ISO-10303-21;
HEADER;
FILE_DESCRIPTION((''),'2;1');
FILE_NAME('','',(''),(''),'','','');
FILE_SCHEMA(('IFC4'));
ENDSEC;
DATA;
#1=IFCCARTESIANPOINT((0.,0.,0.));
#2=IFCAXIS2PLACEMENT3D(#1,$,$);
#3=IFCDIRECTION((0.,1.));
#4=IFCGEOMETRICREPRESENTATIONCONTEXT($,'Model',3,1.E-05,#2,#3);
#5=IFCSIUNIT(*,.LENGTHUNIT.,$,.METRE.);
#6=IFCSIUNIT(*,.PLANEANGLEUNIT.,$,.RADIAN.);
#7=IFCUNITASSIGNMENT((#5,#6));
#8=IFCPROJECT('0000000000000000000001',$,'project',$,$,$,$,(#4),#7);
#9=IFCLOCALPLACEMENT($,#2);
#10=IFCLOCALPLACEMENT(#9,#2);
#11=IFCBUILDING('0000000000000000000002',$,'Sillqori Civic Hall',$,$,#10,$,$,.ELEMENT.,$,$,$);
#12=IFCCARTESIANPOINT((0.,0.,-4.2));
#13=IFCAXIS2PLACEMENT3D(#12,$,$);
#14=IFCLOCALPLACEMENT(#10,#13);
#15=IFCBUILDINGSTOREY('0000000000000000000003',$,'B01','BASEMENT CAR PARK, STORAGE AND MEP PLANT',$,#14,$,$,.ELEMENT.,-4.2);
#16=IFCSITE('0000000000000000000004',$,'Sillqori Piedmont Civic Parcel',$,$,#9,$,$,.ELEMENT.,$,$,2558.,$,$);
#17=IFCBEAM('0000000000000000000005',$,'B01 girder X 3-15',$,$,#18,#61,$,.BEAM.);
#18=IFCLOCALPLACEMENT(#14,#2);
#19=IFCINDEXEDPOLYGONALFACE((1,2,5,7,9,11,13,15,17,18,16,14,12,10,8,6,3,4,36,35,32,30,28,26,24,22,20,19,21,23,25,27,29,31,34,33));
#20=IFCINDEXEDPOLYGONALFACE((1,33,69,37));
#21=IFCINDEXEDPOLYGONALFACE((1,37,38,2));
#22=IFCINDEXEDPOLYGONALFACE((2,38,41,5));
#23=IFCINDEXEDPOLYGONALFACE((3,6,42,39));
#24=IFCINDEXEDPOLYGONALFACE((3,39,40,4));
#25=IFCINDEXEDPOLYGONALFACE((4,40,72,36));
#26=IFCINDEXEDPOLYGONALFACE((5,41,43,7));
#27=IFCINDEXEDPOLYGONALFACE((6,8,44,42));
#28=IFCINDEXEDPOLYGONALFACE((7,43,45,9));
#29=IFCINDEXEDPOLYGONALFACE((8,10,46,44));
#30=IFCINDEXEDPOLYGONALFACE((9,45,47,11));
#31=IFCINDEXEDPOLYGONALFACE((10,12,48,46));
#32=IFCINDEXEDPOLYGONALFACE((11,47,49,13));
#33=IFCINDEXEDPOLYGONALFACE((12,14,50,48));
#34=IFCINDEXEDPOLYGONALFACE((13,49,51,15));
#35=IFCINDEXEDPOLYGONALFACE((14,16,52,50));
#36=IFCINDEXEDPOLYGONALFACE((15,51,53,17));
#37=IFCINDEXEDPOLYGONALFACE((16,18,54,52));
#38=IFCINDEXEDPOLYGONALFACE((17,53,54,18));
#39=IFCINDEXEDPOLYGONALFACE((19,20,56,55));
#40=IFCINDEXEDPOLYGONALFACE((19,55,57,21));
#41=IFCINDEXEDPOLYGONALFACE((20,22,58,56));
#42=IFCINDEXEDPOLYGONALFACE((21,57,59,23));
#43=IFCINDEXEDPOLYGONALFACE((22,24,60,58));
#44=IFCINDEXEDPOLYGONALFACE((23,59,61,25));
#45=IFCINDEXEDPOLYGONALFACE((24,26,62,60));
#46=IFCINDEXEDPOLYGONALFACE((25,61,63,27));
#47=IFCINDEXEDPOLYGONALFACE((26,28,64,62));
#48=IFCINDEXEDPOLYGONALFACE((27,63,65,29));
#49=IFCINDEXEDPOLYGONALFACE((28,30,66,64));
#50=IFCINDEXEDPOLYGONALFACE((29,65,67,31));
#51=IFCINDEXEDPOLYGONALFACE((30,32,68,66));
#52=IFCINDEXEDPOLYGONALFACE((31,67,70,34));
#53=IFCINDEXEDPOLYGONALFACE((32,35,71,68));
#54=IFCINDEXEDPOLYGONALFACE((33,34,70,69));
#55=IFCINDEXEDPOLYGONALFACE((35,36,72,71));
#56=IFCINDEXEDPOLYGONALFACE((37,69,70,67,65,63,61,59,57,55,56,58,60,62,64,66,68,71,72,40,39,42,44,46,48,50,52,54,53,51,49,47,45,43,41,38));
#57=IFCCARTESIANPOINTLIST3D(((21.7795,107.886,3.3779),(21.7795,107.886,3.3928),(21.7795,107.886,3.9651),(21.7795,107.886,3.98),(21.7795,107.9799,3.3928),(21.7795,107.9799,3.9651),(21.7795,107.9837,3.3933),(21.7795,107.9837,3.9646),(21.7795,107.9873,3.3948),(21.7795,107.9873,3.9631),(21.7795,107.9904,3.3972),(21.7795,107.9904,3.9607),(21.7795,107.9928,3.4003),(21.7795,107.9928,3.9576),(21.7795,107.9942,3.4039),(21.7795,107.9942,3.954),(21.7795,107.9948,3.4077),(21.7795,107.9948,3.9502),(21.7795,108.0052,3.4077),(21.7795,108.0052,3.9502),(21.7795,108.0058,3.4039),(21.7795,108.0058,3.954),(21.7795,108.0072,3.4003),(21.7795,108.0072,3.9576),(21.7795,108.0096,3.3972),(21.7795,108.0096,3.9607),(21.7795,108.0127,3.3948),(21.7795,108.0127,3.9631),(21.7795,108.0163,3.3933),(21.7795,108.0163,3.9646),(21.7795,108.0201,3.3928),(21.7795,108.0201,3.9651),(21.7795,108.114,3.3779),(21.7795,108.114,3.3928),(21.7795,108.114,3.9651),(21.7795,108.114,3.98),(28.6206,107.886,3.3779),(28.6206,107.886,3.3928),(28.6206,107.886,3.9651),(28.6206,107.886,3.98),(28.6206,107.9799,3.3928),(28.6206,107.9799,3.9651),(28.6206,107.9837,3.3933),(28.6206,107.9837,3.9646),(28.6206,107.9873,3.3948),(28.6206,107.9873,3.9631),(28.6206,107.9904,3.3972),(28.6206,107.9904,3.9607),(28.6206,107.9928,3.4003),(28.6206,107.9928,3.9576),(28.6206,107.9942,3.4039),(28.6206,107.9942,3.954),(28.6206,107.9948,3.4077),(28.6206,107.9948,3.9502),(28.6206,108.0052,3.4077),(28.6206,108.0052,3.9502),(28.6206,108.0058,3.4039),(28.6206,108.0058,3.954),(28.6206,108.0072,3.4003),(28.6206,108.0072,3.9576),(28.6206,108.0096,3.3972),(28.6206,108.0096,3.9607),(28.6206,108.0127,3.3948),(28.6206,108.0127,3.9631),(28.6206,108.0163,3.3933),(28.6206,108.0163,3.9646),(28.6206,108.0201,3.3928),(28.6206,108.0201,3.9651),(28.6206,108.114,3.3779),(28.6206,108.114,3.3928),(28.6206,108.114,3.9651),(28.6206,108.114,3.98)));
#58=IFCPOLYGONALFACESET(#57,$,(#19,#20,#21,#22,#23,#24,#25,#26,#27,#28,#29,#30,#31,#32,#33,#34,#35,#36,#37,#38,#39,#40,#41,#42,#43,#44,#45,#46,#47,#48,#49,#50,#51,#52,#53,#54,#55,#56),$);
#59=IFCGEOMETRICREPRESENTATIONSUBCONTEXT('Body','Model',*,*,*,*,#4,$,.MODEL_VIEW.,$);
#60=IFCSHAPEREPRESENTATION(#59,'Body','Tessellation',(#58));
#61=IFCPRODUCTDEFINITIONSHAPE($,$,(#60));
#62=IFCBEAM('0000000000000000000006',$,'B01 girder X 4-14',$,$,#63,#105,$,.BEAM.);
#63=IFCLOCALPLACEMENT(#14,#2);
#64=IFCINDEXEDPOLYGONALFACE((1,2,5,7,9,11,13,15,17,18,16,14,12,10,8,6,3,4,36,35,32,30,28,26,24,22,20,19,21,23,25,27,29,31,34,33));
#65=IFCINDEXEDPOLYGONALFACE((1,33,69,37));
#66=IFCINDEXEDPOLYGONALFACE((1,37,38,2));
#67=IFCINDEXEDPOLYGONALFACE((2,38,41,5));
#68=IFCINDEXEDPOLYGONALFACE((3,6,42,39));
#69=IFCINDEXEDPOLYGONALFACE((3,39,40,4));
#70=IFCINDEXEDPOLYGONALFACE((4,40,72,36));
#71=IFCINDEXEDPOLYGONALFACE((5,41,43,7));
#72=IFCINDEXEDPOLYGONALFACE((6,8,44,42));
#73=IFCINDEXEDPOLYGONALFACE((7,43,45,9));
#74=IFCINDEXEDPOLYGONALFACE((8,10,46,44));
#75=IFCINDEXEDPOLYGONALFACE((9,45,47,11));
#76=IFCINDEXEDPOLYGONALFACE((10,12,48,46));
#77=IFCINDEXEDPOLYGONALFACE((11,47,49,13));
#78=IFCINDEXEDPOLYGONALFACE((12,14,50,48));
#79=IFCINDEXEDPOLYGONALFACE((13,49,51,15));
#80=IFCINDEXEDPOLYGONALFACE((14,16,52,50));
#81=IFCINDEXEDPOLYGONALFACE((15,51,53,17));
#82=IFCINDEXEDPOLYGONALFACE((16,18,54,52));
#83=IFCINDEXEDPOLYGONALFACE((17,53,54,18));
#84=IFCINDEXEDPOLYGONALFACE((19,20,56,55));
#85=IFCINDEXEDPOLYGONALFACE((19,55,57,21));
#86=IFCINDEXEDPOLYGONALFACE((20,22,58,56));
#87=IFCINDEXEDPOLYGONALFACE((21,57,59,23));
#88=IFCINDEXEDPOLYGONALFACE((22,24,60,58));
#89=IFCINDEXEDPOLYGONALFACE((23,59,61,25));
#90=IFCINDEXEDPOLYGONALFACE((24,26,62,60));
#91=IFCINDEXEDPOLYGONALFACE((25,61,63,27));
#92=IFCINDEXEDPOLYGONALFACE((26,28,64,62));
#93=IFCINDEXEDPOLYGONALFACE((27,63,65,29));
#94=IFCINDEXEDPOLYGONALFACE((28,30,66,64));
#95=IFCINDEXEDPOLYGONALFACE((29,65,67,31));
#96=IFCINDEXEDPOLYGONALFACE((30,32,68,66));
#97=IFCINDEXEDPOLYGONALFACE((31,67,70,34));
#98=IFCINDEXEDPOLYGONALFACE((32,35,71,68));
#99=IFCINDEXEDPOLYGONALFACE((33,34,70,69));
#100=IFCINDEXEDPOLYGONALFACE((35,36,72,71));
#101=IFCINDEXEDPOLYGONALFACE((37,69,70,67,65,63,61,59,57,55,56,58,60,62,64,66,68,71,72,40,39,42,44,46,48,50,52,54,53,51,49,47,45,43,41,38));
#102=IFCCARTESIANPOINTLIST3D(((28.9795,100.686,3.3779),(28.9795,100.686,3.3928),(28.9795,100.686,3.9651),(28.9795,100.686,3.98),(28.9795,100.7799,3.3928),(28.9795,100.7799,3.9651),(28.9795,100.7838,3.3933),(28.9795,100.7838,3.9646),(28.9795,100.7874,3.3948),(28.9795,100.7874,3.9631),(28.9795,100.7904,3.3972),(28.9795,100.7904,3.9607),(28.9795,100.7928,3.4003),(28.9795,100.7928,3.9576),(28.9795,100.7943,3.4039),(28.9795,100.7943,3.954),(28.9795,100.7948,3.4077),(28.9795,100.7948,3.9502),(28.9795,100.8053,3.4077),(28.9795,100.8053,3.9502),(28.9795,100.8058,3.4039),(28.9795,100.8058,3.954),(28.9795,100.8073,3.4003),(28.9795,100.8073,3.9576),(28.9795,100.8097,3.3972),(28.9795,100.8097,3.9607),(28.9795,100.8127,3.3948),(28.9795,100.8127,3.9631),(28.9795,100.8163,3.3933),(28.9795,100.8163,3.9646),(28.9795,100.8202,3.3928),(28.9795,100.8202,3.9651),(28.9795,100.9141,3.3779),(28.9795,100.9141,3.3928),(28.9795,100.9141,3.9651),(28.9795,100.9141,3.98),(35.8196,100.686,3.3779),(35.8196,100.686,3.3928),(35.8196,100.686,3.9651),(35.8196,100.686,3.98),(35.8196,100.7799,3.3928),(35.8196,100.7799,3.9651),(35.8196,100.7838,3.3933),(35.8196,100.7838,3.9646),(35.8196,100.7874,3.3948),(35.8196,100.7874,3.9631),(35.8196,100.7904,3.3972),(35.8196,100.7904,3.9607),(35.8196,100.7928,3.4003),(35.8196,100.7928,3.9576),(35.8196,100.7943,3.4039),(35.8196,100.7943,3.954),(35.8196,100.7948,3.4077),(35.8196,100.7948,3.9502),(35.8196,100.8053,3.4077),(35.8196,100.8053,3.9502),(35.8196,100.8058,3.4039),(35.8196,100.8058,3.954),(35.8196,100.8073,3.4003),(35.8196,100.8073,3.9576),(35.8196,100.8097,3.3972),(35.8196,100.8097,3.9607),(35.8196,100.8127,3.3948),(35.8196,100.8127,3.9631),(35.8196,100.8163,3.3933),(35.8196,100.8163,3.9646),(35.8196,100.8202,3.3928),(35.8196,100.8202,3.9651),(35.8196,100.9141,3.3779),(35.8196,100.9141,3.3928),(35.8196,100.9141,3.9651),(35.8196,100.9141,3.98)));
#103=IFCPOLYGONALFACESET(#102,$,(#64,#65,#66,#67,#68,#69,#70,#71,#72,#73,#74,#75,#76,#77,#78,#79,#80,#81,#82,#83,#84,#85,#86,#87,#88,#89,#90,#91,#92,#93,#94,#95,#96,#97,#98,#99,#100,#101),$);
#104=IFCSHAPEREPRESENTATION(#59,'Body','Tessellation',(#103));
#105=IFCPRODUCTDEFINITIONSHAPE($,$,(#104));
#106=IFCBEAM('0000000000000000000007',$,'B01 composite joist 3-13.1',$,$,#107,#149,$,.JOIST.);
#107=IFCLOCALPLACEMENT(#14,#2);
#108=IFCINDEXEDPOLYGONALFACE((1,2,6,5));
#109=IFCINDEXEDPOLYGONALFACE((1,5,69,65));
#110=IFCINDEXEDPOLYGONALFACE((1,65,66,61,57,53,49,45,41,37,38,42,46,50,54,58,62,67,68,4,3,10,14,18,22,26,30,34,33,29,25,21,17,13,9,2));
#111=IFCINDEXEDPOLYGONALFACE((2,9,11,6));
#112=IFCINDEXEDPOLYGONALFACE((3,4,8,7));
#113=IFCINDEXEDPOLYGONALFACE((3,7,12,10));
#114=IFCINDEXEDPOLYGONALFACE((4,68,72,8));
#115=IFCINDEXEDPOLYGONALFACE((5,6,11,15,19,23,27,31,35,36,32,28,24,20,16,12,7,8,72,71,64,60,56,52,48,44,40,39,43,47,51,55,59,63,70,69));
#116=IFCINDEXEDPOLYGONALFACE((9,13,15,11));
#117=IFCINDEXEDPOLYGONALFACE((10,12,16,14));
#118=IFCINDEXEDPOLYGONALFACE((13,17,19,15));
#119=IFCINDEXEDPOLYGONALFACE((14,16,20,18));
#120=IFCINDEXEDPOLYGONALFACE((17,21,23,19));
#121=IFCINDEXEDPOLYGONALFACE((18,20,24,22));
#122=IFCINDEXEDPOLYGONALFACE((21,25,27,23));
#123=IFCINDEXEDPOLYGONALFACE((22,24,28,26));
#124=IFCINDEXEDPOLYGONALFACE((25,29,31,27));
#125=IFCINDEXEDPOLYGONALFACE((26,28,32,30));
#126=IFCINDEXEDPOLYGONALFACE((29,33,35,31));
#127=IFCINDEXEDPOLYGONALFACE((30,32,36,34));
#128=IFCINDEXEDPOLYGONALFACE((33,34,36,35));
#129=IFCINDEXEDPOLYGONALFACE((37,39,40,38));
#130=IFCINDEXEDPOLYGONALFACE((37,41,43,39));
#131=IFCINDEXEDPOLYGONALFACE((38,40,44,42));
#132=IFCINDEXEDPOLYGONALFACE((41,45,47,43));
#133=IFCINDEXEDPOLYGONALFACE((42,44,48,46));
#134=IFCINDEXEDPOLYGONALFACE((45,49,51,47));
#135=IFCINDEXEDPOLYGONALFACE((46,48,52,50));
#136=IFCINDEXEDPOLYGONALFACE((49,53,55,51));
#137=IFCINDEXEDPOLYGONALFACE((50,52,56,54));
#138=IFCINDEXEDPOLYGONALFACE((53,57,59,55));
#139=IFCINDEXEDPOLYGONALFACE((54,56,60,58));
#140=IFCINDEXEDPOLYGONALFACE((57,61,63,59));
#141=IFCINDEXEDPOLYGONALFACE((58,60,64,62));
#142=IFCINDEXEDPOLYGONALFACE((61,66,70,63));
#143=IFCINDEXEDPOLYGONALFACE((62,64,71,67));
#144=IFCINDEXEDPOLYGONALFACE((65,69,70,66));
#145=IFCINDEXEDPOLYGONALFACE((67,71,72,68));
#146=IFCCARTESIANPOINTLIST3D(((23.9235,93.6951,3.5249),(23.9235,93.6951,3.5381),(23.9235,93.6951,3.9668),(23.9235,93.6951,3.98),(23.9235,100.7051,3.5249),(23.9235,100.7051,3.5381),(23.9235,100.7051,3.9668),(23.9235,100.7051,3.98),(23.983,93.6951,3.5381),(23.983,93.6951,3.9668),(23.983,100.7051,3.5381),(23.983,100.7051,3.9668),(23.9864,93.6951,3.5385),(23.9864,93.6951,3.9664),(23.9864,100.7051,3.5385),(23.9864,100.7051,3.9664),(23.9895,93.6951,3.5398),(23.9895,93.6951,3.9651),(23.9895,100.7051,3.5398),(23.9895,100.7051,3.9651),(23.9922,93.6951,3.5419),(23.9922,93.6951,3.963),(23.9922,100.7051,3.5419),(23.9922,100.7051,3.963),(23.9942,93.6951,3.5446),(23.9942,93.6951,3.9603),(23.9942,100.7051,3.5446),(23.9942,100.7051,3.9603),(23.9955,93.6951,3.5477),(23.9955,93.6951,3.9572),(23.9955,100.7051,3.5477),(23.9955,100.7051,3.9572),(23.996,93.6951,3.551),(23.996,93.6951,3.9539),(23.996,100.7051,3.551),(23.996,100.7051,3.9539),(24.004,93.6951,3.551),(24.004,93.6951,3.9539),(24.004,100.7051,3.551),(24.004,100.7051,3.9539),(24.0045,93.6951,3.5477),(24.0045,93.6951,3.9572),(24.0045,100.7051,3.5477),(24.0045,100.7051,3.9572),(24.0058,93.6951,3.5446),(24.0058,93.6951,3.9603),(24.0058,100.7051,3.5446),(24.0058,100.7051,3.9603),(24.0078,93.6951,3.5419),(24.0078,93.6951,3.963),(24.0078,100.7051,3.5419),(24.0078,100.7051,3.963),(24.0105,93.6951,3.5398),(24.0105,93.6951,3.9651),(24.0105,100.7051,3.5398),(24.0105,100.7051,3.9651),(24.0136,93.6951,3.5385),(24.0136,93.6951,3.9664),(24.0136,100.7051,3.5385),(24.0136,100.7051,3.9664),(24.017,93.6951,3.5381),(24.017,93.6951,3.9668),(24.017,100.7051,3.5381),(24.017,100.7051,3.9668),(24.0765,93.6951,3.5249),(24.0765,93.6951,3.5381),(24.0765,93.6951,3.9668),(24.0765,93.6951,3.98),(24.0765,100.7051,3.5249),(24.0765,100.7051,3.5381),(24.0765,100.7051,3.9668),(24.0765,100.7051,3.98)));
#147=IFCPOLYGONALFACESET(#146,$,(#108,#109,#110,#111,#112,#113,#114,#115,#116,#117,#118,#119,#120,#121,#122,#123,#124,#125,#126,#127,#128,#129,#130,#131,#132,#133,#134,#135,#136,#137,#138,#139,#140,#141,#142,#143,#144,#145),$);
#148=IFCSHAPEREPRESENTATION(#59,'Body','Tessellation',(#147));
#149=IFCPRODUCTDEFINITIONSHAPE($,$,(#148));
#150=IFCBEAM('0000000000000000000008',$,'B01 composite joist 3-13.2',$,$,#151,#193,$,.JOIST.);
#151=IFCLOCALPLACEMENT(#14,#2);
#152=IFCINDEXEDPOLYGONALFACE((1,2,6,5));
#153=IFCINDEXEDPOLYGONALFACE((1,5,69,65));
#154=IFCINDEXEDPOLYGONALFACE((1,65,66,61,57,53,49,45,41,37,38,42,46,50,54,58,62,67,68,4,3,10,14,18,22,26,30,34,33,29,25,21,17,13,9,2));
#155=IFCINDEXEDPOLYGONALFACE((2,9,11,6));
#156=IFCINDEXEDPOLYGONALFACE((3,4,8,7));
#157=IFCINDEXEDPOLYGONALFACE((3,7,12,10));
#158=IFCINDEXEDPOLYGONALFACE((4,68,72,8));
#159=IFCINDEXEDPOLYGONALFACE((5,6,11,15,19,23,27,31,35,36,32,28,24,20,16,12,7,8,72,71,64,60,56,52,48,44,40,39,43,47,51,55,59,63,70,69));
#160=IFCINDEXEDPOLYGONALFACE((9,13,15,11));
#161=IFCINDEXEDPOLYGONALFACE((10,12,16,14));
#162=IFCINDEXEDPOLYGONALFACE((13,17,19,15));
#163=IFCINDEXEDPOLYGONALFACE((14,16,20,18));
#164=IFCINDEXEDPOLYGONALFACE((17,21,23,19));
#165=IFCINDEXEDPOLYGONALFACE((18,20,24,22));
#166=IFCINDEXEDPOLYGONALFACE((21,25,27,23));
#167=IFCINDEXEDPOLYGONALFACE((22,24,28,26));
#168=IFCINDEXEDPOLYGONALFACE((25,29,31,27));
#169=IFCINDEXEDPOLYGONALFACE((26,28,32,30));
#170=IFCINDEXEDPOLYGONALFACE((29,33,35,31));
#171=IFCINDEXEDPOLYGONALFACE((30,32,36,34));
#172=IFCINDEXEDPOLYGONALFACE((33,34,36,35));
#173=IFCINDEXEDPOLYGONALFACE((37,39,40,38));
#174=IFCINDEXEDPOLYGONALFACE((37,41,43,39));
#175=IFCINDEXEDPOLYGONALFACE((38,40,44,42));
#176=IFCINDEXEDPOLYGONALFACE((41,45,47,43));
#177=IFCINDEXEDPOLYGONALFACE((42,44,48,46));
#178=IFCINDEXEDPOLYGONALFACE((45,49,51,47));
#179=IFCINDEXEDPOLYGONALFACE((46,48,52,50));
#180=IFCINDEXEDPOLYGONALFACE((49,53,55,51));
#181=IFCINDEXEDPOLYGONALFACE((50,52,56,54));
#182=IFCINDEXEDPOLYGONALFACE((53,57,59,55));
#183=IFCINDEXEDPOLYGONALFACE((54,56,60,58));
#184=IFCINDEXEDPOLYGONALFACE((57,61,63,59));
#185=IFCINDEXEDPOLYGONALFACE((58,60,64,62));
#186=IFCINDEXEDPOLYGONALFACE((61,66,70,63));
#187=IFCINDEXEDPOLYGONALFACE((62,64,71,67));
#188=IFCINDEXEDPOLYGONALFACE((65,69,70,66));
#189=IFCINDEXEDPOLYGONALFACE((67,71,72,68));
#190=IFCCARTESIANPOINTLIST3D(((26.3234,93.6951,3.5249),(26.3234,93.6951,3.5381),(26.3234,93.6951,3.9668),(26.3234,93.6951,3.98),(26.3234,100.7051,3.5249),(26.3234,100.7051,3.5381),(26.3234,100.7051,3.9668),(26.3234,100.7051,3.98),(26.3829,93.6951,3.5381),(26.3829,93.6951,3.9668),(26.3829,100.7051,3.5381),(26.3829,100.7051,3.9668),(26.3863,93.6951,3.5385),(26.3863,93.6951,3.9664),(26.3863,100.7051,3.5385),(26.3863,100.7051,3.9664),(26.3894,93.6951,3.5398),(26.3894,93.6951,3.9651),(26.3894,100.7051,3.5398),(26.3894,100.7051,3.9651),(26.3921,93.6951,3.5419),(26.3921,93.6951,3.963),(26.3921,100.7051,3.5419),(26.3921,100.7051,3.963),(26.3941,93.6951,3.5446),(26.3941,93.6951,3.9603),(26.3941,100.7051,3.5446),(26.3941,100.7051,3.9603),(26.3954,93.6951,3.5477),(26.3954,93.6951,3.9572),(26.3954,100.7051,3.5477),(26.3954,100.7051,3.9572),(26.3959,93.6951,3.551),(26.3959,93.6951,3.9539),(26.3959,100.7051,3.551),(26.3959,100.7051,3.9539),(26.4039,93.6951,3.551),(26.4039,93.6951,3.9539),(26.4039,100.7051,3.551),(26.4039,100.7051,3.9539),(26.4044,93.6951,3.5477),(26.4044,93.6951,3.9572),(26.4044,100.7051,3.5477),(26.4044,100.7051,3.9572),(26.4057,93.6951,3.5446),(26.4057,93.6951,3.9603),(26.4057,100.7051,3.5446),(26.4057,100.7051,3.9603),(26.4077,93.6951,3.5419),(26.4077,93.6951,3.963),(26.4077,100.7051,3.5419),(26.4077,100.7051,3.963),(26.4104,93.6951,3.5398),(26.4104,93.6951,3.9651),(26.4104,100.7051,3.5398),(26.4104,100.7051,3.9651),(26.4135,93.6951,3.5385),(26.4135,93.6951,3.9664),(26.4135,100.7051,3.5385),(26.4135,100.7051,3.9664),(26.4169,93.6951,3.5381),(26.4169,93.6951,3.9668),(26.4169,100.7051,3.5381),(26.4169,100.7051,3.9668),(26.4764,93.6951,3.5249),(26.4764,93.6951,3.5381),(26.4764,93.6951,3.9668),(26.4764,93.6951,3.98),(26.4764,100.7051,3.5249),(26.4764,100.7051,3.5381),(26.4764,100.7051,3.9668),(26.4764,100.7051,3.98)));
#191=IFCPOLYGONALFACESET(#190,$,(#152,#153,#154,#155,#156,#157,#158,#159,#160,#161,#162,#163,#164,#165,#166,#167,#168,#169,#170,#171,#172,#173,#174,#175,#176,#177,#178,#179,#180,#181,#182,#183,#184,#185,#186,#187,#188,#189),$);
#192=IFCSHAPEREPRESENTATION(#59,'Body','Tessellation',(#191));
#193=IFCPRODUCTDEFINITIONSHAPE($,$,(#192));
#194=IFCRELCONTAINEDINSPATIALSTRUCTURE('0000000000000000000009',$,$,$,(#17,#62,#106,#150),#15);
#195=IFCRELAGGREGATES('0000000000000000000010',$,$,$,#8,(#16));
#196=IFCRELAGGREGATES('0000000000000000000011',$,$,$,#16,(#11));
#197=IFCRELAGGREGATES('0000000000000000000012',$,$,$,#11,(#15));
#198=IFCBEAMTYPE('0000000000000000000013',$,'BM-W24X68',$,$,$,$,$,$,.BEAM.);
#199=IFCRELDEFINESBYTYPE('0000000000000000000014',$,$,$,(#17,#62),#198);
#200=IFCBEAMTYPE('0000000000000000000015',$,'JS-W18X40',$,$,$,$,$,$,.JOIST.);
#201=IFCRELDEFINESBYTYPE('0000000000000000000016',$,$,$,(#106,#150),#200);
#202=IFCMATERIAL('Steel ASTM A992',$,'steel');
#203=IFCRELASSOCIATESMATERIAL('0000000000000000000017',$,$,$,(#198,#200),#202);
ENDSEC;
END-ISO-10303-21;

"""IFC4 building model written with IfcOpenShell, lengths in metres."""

from ifc_helpers import new_model, si_unit, direction, frame, origin, origin_2d, place, context, subcontext, project, spatial, i_section, extrude, material, material_profile, profile_set, type_object, element, save


model = new_model("IFC4")

# Units and contexts
model_context = context("Model", 3, precision=1e-05, world=origin(), true_north=direction((0.0, 1.0)))
body_context = subcontext(model_context, "Body", "Model", "MODEL_VIEW")
ifc_project = project(units=[si_unit("LENGTHUNIT", "METRE"), si_unit("PLANEANGLEUNIT", "RADIAN")], contexts=[model_context])

# Site, building, storey
site_placement = place(None, origin())
site = spatial("IfcSite", under=ifc_project, at=site_placement, Name="Sillqori Piedmont Civic Parcel", CompositionType="ELEMENT", RefElevation=2558.0)
building_placement = place(site_placement, origin())
building = spatial("IfcBuilding", under=site, at=building_placement, Name="Sillqori Civic Hall", CompositionType="ELEMENT")
storey_placement = place(building_placement, frame((0.0, 0.0, -4.2)))
storey = spatial("IfcBuildingStorey", under=building, at=storey_placement, Name="B01", Description="BASEMENT CAR PARK, STORAGE AND MEP PLANT", CompositionType="ELEMENT", Elevation=-4.2)

# Shared definitions
ifc_material_1 = material(Name="Steel ASTM A992", Category="steel")

# Beams
ifc_material_profile_1 = material_profile(ifc_material_1, i_section(OverallWidth=0.228, OverallDepth=0.6021, WebThickness=0.0105, FlangeThickness=0.0149, FilletRadius=0.0149, at=origin_2d()), Name="W24X68")
ifc_profile_set_1 = profile_set([ifc_material_profile_1], Name="Steel ASTM A992")
beam_type_1 = type_object("IfcBeamType", Name="BM-W24X68", PredefinedType="BEAM", material=ifc_profile_set_1)
for number, where, z_axis, x_axis, name in (
    (1, (21.7795, 108.0, 3.679), (1.0, 0.0, 0.0), (0.0, 1.0, 0.0), "B01 girder X 3-15"),
):
    element("IfcBeam", number, at=place(storey_placement, frame(where, z_axis=z_axis, x_axis=x_axis)), inside=storey, type_object=beam_type_1, Name=name, PredefinedType="BEAM", context=body_context, shape_type="SweptSolid", body=[
        extrude(i_section(OverallWidth=0.228, OverallDepth=0.6021, WebThickness=0.0105, FlangeThickness=0.0149, FilletRadius=0.0149, at=origin_2d()), origin(), (0.0, 0.0, 1.0), 6.8411),
    ])
beam_1_placement = place(storey_placement, frame((28.9795, 100.8, 3.679), z_axis=(1.0, 0.0, 0.0), x_axis=(0.0, 1.0, 0.0)))
element("IfcBeam", 2, at=beam_1_placement, inside=storey, type_object=beam_type_1, Name="B01 girder X 4-14", PredefinedType="BEAM", context=body_context, shape_type="SweptSolid", body=[
    extrude(i_section(OverallWidth=0.228, OverallDepth=0.6021, WebThickness=0.0105, FlangeThickness=0.0149, FilletRadius=0.0149, at=origin_2d()), origin(), (0.0, 0.0, 1.0), 6.8401),
])
ifc_material_profile_2 = material_profile(ifc_material_1, i_section(OverallWidth=0.1531, OverallDepth=0.4551, WebThickness=0.0081, FlangeThickness=0.0132, FilletRadius=0.0129, at=origin_2d()), Name="W18X40")
ifc_profile_set_2 = profile_set([ifc_material_profile_2], Name="Steel ASTM A992")
beam_type_2 = type_object("IfcBeamType", Name="JS-W18X40", PredefinedType="JOIST", material=ifc_profile_set_2)
for number, where, z_axis, x_axis, name in (
    (3, (24.0, 93.6951, 3.7524), (0.0, 1.0, 0.0), (-1.0, 0.0, 0.0), "B01 composite joist 3-13.1"),
    (4, (26.3999, 93.6951, 3.7524), (0.0, 1.0, 0.0), (-1.0, 0.0, 0.0), "B01 composite joist 3-13.2"),
):
    element("IfcBeam", number, at=place(storey_placement, frame(where, z_axis=z_axis, x_axis=x_axis)), inside=storey, type_object=beam_type_2, Name=name, PredefinedType="JOIST", context=body_context, shape_type="SweptSolid", body=[
        extrude(i_section(OverallWidth=0.1531, OverallDepth=0.4551, WebThickness=0.0081, FlangeThickness=0.0132, FilletRadius=0.0129, at=origin_2d()), origin(), (0.0, 0.0, 1.0), 7.01),
    ])

save(model, "model.ifc")
